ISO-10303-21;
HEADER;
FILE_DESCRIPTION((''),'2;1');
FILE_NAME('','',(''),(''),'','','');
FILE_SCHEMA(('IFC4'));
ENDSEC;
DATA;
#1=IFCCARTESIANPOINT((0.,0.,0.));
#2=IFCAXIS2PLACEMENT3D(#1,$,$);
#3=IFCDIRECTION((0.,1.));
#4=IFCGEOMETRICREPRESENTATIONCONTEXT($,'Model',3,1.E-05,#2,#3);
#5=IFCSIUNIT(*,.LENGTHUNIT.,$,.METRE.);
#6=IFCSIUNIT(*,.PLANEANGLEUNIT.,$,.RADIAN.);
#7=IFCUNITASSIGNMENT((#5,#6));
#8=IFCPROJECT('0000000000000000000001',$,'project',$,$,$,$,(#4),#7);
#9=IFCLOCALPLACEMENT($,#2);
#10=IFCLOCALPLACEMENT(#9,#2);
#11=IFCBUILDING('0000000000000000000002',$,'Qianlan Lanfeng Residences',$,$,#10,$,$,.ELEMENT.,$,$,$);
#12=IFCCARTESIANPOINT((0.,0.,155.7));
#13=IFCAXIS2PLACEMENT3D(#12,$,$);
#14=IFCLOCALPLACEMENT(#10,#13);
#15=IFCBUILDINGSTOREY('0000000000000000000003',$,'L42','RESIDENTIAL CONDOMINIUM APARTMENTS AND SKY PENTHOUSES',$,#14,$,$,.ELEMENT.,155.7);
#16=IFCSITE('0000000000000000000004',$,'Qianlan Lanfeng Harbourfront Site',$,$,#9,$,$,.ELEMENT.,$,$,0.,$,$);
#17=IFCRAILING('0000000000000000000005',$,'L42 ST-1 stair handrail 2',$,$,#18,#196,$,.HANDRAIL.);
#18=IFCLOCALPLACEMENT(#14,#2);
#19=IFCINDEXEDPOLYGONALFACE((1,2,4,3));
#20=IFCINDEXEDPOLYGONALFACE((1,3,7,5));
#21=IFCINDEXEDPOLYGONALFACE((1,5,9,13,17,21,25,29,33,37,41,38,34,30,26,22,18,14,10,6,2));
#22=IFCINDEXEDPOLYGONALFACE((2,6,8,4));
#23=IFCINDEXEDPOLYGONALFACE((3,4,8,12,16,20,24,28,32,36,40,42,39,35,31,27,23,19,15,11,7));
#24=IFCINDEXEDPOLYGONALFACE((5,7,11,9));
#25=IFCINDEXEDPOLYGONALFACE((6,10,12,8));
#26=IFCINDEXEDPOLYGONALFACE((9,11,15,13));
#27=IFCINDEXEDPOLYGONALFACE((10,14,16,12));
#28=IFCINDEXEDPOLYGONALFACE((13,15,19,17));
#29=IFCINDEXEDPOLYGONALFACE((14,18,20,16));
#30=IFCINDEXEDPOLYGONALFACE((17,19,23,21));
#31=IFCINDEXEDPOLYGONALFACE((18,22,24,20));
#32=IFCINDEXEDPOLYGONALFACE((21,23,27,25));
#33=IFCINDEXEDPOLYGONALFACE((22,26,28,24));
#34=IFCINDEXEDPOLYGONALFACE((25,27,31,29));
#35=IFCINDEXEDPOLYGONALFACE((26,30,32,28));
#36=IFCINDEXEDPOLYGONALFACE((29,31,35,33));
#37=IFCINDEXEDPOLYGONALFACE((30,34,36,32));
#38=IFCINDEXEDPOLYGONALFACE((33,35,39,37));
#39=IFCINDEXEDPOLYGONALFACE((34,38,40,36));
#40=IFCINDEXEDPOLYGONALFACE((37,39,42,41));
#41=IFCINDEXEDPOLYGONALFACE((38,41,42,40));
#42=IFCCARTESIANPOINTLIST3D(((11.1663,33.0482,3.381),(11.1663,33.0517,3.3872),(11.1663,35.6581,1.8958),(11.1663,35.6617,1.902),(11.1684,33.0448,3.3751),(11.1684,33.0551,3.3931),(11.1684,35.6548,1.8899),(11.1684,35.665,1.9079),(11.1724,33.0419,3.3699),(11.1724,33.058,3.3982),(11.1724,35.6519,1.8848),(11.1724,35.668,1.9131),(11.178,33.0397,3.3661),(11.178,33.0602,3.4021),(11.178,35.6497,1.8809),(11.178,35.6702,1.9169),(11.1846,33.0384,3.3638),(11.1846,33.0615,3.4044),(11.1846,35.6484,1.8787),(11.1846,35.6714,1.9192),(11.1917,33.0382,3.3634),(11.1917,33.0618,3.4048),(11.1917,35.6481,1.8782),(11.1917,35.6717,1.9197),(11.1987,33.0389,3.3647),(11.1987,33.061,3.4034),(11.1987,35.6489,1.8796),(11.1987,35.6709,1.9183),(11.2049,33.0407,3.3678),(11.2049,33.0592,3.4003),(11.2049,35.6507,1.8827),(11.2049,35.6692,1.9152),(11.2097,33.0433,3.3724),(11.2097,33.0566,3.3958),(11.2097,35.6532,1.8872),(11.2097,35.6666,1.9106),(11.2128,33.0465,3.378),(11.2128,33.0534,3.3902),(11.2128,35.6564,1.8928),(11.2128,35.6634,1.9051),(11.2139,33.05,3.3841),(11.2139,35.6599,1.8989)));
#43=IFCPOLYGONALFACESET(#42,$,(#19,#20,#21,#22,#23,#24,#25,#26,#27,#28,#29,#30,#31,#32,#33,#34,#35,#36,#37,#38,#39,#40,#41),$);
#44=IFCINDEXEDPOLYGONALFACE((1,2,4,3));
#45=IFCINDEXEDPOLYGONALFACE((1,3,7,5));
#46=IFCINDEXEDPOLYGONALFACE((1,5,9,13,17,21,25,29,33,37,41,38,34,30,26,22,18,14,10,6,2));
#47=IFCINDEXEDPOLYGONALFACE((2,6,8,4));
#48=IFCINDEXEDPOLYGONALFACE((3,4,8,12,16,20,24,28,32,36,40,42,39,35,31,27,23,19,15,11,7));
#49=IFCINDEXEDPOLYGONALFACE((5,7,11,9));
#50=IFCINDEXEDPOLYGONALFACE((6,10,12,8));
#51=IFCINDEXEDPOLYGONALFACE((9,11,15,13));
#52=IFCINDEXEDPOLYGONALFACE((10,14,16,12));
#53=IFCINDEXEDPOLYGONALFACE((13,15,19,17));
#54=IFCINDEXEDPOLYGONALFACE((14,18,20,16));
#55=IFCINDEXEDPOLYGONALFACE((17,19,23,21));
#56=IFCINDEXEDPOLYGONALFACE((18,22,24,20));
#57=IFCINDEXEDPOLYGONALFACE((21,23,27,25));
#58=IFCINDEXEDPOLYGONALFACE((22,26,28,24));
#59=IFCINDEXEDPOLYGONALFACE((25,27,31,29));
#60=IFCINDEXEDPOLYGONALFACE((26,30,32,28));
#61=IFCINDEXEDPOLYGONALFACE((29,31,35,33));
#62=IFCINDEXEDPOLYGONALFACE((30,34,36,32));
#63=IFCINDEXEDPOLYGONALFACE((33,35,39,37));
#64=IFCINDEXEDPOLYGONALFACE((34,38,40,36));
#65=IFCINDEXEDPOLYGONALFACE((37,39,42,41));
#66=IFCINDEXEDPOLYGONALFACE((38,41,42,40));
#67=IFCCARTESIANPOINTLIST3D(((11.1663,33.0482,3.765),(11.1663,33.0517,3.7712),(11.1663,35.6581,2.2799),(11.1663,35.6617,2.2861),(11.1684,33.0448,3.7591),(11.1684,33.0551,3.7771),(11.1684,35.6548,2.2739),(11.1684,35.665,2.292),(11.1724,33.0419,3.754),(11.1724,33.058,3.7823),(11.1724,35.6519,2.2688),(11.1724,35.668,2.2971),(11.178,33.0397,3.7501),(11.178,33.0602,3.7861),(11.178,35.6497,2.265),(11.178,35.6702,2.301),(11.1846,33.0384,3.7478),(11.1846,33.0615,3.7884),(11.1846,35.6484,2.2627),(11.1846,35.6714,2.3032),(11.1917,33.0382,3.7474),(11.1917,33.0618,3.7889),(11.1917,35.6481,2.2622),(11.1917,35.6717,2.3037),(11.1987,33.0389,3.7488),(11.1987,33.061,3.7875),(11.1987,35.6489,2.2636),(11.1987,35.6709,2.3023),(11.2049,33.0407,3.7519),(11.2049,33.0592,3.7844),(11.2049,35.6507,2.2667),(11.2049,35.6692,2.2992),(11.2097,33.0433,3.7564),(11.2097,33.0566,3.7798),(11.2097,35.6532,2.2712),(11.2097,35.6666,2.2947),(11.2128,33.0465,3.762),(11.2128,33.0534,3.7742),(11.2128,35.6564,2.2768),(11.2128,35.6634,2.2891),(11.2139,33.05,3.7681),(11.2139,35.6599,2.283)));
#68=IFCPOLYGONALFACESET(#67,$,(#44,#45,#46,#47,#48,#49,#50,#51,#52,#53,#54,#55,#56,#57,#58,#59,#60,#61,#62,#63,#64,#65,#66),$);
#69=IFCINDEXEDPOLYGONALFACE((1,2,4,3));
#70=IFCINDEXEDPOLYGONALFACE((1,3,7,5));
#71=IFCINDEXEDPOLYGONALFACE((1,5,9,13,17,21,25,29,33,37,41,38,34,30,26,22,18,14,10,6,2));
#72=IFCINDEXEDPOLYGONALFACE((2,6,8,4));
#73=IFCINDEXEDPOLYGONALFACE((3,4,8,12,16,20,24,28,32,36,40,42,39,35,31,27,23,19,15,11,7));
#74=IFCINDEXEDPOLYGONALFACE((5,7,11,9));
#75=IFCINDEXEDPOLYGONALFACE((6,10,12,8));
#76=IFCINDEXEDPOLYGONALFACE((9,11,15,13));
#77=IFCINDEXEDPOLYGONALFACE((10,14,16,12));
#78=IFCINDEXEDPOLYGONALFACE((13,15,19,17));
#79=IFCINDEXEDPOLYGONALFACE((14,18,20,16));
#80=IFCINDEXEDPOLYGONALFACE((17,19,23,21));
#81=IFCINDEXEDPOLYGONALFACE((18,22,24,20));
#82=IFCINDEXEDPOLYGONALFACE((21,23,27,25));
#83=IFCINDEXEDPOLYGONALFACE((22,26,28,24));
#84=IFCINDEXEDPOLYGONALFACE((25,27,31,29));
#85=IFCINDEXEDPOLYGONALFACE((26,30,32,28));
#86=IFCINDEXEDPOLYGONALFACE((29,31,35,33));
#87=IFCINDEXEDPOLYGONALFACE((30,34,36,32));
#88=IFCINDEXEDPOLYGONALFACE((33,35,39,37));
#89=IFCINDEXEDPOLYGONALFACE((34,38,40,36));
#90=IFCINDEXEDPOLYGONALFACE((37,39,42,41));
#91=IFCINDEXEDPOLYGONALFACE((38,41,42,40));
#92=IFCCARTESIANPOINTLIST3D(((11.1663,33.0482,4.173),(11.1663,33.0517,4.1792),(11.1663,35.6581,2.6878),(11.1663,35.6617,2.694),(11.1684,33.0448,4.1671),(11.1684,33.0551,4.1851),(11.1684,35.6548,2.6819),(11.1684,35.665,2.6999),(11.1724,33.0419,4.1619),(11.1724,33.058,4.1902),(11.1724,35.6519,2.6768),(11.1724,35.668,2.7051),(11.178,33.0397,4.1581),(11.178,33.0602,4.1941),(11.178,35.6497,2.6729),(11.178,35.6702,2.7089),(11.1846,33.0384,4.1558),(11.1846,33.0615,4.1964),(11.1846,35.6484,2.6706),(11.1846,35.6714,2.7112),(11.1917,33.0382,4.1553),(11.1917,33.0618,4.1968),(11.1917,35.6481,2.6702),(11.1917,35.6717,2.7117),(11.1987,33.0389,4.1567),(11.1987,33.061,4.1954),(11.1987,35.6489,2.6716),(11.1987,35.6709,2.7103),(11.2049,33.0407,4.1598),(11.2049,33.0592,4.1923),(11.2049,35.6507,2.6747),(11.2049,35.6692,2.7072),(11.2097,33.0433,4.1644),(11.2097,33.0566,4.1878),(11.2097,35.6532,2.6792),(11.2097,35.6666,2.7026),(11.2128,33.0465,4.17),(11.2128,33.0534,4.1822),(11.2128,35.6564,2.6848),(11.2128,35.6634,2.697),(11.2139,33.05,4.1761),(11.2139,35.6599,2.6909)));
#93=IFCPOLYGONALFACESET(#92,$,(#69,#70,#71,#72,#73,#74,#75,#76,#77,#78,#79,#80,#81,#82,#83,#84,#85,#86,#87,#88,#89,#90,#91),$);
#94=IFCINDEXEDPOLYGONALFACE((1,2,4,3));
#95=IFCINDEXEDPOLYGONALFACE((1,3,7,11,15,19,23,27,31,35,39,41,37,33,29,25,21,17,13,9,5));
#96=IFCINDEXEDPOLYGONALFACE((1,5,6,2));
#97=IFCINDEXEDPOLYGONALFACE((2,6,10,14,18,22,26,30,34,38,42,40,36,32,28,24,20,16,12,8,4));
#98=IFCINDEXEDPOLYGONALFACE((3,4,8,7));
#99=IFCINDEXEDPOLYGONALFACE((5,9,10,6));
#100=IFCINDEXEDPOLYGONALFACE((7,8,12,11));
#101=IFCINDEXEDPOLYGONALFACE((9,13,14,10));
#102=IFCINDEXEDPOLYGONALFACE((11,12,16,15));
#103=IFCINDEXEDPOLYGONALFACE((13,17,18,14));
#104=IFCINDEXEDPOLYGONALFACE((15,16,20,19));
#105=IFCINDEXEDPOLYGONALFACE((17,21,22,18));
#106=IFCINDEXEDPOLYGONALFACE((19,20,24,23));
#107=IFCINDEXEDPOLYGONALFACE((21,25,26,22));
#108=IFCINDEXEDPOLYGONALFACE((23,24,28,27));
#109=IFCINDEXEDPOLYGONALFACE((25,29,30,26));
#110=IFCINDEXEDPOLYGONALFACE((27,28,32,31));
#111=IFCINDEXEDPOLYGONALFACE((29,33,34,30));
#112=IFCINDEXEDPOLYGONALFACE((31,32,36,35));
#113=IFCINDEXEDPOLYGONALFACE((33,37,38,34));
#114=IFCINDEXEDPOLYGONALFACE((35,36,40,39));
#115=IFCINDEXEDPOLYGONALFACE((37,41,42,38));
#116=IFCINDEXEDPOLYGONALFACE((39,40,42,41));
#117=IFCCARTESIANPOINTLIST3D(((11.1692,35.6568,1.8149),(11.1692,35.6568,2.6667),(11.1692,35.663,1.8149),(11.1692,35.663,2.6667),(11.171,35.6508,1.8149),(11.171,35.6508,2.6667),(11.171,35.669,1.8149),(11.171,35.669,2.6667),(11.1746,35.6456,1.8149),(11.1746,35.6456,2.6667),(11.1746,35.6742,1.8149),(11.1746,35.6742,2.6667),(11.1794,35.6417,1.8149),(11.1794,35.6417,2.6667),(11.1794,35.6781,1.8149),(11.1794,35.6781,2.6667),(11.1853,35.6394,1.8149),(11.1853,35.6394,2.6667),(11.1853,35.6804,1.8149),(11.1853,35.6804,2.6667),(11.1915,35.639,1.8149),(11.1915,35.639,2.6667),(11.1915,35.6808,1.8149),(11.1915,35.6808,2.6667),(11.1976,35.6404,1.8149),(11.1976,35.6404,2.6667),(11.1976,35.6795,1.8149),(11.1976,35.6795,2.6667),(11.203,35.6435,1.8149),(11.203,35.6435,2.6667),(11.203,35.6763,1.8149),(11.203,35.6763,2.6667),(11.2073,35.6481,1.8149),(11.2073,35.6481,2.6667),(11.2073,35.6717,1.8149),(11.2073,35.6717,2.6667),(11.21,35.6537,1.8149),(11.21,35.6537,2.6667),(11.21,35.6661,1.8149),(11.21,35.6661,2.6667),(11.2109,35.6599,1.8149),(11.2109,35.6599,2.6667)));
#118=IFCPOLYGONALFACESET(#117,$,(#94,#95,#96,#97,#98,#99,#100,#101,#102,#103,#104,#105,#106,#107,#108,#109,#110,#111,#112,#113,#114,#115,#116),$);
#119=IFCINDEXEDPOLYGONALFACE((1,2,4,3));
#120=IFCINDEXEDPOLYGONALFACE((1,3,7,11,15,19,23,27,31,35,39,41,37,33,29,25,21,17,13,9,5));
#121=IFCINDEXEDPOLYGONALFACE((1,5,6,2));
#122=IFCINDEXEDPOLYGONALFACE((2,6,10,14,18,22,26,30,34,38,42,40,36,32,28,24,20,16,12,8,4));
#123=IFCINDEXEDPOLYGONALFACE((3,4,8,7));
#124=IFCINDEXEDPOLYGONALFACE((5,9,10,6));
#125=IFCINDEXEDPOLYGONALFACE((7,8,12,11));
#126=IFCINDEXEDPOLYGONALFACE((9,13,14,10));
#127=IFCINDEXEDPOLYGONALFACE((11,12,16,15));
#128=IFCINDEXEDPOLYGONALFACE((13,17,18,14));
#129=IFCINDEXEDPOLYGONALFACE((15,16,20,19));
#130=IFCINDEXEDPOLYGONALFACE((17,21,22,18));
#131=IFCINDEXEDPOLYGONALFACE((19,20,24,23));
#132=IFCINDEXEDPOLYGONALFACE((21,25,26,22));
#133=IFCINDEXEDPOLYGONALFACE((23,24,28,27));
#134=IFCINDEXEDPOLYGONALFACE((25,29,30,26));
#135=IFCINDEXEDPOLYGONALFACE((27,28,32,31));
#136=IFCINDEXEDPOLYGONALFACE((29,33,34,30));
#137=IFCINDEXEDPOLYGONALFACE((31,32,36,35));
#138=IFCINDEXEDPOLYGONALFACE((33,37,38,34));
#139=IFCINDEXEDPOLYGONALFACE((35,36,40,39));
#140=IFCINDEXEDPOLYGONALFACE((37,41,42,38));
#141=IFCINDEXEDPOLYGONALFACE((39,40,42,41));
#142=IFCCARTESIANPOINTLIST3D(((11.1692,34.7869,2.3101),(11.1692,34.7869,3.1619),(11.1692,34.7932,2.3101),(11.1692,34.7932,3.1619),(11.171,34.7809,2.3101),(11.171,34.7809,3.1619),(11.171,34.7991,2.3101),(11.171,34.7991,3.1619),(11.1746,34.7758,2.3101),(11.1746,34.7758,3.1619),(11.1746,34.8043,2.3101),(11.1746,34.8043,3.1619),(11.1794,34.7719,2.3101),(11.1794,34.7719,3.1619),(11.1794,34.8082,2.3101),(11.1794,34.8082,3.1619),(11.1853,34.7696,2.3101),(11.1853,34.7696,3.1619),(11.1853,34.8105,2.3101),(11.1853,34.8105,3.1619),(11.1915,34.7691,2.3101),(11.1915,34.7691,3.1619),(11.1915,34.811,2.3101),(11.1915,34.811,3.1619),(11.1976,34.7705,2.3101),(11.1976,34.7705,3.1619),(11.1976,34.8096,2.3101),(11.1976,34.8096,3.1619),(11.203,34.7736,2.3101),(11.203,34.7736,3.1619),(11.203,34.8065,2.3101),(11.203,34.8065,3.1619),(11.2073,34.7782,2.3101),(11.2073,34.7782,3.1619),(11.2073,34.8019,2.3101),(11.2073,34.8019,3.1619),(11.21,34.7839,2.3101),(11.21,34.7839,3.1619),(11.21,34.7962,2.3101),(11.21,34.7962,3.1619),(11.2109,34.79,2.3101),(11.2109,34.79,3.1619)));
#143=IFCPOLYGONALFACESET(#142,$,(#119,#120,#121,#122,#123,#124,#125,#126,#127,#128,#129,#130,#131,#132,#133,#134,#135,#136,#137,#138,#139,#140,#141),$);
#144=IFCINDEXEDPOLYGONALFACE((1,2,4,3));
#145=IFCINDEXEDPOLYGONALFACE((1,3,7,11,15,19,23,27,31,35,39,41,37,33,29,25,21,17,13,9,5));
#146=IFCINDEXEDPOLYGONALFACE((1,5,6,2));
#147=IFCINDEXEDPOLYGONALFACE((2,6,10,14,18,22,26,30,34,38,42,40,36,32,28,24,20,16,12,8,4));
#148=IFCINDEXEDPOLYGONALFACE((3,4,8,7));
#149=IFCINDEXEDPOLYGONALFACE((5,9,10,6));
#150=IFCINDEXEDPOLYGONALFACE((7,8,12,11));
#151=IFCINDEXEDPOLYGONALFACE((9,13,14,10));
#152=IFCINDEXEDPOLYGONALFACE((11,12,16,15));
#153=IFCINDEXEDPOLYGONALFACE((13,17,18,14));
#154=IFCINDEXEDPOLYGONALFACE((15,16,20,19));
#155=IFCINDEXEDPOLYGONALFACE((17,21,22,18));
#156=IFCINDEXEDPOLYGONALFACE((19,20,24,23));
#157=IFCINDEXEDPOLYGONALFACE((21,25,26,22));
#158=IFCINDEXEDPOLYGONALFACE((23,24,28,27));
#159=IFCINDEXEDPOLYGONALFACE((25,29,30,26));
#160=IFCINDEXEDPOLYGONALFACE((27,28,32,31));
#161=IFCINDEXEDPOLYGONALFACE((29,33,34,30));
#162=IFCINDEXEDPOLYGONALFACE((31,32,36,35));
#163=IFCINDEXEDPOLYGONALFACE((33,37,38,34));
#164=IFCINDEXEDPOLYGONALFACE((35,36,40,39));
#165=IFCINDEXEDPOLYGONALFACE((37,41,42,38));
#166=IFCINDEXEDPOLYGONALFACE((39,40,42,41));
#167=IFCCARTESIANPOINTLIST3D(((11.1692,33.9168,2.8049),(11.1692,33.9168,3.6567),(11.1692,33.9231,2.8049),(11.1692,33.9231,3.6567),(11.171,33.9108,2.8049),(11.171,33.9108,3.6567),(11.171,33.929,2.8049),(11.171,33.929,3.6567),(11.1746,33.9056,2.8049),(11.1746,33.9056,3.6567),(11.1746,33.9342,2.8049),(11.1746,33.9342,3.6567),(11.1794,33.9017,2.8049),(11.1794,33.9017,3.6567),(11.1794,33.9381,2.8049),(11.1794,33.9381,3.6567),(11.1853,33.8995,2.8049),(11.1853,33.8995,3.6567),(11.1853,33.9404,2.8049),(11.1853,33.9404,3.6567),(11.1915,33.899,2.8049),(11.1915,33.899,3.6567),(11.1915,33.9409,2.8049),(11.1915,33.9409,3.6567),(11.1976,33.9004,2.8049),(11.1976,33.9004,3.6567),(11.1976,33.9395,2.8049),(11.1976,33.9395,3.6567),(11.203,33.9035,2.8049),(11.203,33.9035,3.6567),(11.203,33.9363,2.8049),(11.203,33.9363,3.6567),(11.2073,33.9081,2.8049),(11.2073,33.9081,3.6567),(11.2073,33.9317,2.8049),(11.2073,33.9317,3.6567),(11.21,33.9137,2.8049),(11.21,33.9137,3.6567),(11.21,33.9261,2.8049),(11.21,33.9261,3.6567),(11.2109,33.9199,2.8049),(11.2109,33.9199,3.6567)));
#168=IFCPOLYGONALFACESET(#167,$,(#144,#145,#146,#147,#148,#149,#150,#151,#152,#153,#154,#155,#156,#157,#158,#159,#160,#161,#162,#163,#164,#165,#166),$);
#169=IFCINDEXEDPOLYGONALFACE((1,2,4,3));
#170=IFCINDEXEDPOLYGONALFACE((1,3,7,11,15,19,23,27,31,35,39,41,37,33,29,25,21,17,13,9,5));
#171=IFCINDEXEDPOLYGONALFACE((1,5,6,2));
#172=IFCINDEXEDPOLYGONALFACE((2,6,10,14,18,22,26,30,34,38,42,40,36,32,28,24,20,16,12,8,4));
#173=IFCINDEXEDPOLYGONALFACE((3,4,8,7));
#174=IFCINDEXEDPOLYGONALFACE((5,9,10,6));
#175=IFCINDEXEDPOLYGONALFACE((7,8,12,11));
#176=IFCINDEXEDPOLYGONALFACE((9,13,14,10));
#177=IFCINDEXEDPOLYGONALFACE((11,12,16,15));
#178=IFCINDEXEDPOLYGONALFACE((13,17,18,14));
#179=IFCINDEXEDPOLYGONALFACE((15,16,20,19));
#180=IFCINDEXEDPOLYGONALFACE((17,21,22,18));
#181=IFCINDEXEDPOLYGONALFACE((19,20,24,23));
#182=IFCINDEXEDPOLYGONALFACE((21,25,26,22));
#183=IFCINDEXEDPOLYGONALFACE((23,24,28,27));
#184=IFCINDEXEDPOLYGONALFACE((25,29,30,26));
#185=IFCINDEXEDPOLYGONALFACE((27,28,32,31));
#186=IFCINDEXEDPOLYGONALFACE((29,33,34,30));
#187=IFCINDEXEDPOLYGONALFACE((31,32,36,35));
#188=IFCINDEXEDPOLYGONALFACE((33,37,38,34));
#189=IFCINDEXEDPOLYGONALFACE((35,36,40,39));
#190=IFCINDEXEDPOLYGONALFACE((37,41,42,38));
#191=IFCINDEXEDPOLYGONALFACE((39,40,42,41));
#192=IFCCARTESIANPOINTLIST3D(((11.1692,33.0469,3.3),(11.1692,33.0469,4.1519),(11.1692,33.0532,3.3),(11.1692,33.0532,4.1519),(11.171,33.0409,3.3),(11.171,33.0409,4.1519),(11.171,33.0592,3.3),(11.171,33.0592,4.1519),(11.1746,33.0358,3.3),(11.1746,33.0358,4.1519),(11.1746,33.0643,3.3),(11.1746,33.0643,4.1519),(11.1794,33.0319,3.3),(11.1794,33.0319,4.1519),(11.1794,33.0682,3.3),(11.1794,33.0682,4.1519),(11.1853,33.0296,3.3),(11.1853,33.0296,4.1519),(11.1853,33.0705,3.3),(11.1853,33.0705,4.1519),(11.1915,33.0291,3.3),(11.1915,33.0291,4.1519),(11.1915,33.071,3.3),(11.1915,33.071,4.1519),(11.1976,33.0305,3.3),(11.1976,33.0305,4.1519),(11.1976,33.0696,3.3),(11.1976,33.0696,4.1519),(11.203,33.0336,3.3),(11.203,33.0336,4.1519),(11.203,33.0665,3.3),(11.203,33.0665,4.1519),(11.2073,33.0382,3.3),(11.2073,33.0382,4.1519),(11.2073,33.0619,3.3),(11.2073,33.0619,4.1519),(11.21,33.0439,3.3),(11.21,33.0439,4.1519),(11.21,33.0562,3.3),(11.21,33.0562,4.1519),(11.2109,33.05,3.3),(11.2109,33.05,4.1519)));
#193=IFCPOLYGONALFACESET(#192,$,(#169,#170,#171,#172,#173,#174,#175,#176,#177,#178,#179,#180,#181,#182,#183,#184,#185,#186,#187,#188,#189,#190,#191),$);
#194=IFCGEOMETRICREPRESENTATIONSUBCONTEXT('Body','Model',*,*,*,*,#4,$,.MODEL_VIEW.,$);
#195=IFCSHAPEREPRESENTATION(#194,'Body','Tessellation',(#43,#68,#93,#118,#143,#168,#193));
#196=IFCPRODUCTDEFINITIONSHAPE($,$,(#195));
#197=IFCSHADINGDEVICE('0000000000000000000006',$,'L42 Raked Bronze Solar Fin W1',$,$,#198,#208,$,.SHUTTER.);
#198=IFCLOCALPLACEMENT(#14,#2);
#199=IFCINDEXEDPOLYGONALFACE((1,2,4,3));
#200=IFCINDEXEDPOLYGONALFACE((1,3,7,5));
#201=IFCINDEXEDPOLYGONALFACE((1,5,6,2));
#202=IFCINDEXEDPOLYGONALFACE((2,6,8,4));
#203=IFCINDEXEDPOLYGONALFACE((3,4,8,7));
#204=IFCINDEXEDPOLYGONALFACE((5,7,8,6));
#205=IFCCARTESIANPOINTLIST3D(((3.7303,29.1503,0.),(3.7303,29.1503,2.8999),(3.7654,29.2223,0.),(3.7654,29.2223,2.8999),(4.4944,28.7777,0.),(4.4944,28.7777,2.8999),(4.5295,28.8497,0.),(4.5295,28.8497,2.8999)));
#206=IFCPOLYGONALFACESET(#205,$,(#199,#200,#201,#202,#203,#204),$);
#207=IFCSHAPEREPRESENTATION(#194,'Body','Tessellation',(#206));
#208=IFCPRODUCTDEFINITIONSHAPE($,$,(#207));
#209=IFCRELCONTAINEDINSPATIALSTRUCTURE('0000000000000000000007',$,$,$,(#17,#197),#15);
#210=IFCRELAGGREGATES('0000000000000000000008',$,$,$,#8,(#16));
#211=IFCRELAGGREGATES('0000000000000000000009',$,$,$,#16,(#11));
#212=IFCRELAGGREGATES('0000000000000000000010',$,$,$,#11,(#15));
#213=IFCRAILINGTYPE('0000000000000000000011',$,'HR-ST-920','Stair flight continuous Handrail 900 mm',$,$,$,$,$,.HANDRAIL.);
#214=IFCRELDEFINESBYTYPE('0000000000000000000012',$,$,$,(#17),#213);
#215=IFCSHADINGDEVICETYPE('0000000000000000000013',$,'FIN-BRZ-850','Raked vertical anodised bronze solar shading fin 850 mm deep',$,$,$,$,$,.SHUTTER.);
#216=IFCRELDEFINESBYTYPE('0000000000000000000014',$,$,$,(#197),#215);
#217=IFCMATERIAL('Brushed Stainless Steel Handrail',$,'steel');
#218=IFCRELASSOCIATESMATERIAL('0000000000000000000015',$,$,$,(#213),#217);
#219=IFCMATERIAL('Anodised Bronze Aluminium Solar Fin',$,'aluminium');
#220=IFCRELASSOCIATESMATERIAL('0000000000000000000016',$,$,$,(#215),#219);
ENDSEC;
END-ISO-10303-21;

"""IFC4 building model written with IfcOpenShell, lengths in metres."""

from ifc_helpers import new_model, si_unit, direction, frame, origin, origin_2d, place, context, subcontext, project, spatial, rectangle, circle, extrude, source, transform, mapped, material, type_object, element, save


model = new_model("IFC4")

# Units and contexts
model_context = context("Model", 3, precision=1e-05, world=origin(), true_north=direction((0.0, 1.0)))
body_context = subcontext(model_context, "Body", "Model", "MODEL_VIEW")
ifc_project = project(units=[si_unit("LENGTHUNIT", "METRE"), si_unit("PLANEANGLEUNIT", "RADIAN")], contexts=[model_context])

# Site, building, storey
site_placement = place(None, origin())
site = spatial("IfcSite", under=ifc_project, at=site_placement, Name="Qianlan Lanfeng Harbourfront Site", CompositionType="ELEMENT", RefElevation=0.0)
building_placement = place(site_placement, origin())
building = spatial("IfcBuilding", under=site, at=building_placement, Name="Qianlan Lanfeng Residences", CompositionType="ELEMENT")
storey_placement = place(building_placement, frame((0.0, 0.0, 155.7)))
storey = spatial("IfcBuildingStorey", under=building, at=storey_placement, Name="L42", Description="RESIDENTIAL CONDOMINIUM APARTMENTS AND SKY PENTHOUSES", CompositionType="ELEMENT", Elevation=155.7)

# Railing
ifc_material_1 = material(Name="Brushed Stainless Steel Handrail", Category="steel")
railing_type = type_object("IfcRailingType", Name="HR-ST-920", Description="Stair flight continuous Handrail 900 mm", PredefinedType="HANDRAIL", material=ifc_material_1)
railing_placement = place(storey_placement, frame((11.1899, 35.6599, 1.8149)))
element("IfcRailing", 1, at=railing_placement, inside=storey, type_object=railing_type, Name="L42 ST-1 stair handrail 2", PredefinedType="HANDRAIL", context=body_context, shape_type="SweptSolid", body=[
    extrude(circle(Radius=0.0239, at=origin_2d()), frame((0.0, 0.0, 0.084), z_axis=(0.0, -0.869137, 0.494571), x_axis=(1.0, 0.0, 0.0)), (0.0, 0.0, 1.0), 3.0029),
    extrude(circle(Radius=0.0239, at=origin_2d()), frame((0.0, 0.0, 0.468), z_axis=(0.0, -0.869137, 0.494571), x_axis=(1.0, 0.0, 0.0)), (0.0, 0.0, 1.0), 3.0029),
    extrude(circle(Radius=0.0239, at=origin_2d()), frame((0.0, 0.0, 0.876), z_axis=(0.0, -0.869137, 0.494571), x_axis=(1.0, 0.0, 0.0)), (0.0, 0.0, 1.0), 3.0029),
    extrude(circle(Radius=0.021, at=origin_2d()), origin(), (0.0, 0.0, 1.0), 0.8518),
    extrude(circle(Radius=0.021, at=origin_2d()), frame((0.0, -0.8699, 0.4951)), (0.0, 0.0, 1.0), 0.8518),
    extrude(circle(Radius=0.021, at=origin_2d()), frame((0.0, -1.74, 0.99)), (0.0, 0.0, 1.0), 0.8518),
    extrude(circle(Radius=0.021, at=origin_2d()), frame((0.0, -2.6099, 1.4851)), (0.0, 0.0, 1.0), 0.8518),
])

# Shading device
ifc_material_2 = material(Name="Anodised Bronze Aluminium Solar Fin", Category="aluminium")
shading_device_type = type_object("IfcShadingDeviceType", Name="FIN-BRZ-850", Description="Raked vertical anodised bronze solar shading fin 850 mm deep", PredefinedType="SHUTTER", material=ifc_material_2)
shared_shape_1 = source(origin(), body_context, "Body", "SweptSolid", [
    extrude(rectangle(XDim=0.8501, YDim=0.0801, at=origin_2d()), origin(), (0.0, 0.0, 1.0), 2.8999),
])
for number, where, z_axis, x_axis, name in (
    (2, (4.1299, 29.0, 0.0), (0.0, 0.0, 1.0), (0.898794, -0.438371, 0.0), "L42 Raked Bronze Solar Fin W1"),
):
    element("IfcShadingDevice", number, at=place(storey_placement, frame(where, z_axis=z_axis, x_axis=x_axis)), inside=storey, type_object=shading_device_type, Name=name, PredefinedType="SHUTTER", context=body_context, shape_type="MappedRepresentation", body=[
        mapped(shared_shape_1, transform((0.0, 0.0, 0.0), scale=1.0)),
    ])

save(model, "model.ifc")
